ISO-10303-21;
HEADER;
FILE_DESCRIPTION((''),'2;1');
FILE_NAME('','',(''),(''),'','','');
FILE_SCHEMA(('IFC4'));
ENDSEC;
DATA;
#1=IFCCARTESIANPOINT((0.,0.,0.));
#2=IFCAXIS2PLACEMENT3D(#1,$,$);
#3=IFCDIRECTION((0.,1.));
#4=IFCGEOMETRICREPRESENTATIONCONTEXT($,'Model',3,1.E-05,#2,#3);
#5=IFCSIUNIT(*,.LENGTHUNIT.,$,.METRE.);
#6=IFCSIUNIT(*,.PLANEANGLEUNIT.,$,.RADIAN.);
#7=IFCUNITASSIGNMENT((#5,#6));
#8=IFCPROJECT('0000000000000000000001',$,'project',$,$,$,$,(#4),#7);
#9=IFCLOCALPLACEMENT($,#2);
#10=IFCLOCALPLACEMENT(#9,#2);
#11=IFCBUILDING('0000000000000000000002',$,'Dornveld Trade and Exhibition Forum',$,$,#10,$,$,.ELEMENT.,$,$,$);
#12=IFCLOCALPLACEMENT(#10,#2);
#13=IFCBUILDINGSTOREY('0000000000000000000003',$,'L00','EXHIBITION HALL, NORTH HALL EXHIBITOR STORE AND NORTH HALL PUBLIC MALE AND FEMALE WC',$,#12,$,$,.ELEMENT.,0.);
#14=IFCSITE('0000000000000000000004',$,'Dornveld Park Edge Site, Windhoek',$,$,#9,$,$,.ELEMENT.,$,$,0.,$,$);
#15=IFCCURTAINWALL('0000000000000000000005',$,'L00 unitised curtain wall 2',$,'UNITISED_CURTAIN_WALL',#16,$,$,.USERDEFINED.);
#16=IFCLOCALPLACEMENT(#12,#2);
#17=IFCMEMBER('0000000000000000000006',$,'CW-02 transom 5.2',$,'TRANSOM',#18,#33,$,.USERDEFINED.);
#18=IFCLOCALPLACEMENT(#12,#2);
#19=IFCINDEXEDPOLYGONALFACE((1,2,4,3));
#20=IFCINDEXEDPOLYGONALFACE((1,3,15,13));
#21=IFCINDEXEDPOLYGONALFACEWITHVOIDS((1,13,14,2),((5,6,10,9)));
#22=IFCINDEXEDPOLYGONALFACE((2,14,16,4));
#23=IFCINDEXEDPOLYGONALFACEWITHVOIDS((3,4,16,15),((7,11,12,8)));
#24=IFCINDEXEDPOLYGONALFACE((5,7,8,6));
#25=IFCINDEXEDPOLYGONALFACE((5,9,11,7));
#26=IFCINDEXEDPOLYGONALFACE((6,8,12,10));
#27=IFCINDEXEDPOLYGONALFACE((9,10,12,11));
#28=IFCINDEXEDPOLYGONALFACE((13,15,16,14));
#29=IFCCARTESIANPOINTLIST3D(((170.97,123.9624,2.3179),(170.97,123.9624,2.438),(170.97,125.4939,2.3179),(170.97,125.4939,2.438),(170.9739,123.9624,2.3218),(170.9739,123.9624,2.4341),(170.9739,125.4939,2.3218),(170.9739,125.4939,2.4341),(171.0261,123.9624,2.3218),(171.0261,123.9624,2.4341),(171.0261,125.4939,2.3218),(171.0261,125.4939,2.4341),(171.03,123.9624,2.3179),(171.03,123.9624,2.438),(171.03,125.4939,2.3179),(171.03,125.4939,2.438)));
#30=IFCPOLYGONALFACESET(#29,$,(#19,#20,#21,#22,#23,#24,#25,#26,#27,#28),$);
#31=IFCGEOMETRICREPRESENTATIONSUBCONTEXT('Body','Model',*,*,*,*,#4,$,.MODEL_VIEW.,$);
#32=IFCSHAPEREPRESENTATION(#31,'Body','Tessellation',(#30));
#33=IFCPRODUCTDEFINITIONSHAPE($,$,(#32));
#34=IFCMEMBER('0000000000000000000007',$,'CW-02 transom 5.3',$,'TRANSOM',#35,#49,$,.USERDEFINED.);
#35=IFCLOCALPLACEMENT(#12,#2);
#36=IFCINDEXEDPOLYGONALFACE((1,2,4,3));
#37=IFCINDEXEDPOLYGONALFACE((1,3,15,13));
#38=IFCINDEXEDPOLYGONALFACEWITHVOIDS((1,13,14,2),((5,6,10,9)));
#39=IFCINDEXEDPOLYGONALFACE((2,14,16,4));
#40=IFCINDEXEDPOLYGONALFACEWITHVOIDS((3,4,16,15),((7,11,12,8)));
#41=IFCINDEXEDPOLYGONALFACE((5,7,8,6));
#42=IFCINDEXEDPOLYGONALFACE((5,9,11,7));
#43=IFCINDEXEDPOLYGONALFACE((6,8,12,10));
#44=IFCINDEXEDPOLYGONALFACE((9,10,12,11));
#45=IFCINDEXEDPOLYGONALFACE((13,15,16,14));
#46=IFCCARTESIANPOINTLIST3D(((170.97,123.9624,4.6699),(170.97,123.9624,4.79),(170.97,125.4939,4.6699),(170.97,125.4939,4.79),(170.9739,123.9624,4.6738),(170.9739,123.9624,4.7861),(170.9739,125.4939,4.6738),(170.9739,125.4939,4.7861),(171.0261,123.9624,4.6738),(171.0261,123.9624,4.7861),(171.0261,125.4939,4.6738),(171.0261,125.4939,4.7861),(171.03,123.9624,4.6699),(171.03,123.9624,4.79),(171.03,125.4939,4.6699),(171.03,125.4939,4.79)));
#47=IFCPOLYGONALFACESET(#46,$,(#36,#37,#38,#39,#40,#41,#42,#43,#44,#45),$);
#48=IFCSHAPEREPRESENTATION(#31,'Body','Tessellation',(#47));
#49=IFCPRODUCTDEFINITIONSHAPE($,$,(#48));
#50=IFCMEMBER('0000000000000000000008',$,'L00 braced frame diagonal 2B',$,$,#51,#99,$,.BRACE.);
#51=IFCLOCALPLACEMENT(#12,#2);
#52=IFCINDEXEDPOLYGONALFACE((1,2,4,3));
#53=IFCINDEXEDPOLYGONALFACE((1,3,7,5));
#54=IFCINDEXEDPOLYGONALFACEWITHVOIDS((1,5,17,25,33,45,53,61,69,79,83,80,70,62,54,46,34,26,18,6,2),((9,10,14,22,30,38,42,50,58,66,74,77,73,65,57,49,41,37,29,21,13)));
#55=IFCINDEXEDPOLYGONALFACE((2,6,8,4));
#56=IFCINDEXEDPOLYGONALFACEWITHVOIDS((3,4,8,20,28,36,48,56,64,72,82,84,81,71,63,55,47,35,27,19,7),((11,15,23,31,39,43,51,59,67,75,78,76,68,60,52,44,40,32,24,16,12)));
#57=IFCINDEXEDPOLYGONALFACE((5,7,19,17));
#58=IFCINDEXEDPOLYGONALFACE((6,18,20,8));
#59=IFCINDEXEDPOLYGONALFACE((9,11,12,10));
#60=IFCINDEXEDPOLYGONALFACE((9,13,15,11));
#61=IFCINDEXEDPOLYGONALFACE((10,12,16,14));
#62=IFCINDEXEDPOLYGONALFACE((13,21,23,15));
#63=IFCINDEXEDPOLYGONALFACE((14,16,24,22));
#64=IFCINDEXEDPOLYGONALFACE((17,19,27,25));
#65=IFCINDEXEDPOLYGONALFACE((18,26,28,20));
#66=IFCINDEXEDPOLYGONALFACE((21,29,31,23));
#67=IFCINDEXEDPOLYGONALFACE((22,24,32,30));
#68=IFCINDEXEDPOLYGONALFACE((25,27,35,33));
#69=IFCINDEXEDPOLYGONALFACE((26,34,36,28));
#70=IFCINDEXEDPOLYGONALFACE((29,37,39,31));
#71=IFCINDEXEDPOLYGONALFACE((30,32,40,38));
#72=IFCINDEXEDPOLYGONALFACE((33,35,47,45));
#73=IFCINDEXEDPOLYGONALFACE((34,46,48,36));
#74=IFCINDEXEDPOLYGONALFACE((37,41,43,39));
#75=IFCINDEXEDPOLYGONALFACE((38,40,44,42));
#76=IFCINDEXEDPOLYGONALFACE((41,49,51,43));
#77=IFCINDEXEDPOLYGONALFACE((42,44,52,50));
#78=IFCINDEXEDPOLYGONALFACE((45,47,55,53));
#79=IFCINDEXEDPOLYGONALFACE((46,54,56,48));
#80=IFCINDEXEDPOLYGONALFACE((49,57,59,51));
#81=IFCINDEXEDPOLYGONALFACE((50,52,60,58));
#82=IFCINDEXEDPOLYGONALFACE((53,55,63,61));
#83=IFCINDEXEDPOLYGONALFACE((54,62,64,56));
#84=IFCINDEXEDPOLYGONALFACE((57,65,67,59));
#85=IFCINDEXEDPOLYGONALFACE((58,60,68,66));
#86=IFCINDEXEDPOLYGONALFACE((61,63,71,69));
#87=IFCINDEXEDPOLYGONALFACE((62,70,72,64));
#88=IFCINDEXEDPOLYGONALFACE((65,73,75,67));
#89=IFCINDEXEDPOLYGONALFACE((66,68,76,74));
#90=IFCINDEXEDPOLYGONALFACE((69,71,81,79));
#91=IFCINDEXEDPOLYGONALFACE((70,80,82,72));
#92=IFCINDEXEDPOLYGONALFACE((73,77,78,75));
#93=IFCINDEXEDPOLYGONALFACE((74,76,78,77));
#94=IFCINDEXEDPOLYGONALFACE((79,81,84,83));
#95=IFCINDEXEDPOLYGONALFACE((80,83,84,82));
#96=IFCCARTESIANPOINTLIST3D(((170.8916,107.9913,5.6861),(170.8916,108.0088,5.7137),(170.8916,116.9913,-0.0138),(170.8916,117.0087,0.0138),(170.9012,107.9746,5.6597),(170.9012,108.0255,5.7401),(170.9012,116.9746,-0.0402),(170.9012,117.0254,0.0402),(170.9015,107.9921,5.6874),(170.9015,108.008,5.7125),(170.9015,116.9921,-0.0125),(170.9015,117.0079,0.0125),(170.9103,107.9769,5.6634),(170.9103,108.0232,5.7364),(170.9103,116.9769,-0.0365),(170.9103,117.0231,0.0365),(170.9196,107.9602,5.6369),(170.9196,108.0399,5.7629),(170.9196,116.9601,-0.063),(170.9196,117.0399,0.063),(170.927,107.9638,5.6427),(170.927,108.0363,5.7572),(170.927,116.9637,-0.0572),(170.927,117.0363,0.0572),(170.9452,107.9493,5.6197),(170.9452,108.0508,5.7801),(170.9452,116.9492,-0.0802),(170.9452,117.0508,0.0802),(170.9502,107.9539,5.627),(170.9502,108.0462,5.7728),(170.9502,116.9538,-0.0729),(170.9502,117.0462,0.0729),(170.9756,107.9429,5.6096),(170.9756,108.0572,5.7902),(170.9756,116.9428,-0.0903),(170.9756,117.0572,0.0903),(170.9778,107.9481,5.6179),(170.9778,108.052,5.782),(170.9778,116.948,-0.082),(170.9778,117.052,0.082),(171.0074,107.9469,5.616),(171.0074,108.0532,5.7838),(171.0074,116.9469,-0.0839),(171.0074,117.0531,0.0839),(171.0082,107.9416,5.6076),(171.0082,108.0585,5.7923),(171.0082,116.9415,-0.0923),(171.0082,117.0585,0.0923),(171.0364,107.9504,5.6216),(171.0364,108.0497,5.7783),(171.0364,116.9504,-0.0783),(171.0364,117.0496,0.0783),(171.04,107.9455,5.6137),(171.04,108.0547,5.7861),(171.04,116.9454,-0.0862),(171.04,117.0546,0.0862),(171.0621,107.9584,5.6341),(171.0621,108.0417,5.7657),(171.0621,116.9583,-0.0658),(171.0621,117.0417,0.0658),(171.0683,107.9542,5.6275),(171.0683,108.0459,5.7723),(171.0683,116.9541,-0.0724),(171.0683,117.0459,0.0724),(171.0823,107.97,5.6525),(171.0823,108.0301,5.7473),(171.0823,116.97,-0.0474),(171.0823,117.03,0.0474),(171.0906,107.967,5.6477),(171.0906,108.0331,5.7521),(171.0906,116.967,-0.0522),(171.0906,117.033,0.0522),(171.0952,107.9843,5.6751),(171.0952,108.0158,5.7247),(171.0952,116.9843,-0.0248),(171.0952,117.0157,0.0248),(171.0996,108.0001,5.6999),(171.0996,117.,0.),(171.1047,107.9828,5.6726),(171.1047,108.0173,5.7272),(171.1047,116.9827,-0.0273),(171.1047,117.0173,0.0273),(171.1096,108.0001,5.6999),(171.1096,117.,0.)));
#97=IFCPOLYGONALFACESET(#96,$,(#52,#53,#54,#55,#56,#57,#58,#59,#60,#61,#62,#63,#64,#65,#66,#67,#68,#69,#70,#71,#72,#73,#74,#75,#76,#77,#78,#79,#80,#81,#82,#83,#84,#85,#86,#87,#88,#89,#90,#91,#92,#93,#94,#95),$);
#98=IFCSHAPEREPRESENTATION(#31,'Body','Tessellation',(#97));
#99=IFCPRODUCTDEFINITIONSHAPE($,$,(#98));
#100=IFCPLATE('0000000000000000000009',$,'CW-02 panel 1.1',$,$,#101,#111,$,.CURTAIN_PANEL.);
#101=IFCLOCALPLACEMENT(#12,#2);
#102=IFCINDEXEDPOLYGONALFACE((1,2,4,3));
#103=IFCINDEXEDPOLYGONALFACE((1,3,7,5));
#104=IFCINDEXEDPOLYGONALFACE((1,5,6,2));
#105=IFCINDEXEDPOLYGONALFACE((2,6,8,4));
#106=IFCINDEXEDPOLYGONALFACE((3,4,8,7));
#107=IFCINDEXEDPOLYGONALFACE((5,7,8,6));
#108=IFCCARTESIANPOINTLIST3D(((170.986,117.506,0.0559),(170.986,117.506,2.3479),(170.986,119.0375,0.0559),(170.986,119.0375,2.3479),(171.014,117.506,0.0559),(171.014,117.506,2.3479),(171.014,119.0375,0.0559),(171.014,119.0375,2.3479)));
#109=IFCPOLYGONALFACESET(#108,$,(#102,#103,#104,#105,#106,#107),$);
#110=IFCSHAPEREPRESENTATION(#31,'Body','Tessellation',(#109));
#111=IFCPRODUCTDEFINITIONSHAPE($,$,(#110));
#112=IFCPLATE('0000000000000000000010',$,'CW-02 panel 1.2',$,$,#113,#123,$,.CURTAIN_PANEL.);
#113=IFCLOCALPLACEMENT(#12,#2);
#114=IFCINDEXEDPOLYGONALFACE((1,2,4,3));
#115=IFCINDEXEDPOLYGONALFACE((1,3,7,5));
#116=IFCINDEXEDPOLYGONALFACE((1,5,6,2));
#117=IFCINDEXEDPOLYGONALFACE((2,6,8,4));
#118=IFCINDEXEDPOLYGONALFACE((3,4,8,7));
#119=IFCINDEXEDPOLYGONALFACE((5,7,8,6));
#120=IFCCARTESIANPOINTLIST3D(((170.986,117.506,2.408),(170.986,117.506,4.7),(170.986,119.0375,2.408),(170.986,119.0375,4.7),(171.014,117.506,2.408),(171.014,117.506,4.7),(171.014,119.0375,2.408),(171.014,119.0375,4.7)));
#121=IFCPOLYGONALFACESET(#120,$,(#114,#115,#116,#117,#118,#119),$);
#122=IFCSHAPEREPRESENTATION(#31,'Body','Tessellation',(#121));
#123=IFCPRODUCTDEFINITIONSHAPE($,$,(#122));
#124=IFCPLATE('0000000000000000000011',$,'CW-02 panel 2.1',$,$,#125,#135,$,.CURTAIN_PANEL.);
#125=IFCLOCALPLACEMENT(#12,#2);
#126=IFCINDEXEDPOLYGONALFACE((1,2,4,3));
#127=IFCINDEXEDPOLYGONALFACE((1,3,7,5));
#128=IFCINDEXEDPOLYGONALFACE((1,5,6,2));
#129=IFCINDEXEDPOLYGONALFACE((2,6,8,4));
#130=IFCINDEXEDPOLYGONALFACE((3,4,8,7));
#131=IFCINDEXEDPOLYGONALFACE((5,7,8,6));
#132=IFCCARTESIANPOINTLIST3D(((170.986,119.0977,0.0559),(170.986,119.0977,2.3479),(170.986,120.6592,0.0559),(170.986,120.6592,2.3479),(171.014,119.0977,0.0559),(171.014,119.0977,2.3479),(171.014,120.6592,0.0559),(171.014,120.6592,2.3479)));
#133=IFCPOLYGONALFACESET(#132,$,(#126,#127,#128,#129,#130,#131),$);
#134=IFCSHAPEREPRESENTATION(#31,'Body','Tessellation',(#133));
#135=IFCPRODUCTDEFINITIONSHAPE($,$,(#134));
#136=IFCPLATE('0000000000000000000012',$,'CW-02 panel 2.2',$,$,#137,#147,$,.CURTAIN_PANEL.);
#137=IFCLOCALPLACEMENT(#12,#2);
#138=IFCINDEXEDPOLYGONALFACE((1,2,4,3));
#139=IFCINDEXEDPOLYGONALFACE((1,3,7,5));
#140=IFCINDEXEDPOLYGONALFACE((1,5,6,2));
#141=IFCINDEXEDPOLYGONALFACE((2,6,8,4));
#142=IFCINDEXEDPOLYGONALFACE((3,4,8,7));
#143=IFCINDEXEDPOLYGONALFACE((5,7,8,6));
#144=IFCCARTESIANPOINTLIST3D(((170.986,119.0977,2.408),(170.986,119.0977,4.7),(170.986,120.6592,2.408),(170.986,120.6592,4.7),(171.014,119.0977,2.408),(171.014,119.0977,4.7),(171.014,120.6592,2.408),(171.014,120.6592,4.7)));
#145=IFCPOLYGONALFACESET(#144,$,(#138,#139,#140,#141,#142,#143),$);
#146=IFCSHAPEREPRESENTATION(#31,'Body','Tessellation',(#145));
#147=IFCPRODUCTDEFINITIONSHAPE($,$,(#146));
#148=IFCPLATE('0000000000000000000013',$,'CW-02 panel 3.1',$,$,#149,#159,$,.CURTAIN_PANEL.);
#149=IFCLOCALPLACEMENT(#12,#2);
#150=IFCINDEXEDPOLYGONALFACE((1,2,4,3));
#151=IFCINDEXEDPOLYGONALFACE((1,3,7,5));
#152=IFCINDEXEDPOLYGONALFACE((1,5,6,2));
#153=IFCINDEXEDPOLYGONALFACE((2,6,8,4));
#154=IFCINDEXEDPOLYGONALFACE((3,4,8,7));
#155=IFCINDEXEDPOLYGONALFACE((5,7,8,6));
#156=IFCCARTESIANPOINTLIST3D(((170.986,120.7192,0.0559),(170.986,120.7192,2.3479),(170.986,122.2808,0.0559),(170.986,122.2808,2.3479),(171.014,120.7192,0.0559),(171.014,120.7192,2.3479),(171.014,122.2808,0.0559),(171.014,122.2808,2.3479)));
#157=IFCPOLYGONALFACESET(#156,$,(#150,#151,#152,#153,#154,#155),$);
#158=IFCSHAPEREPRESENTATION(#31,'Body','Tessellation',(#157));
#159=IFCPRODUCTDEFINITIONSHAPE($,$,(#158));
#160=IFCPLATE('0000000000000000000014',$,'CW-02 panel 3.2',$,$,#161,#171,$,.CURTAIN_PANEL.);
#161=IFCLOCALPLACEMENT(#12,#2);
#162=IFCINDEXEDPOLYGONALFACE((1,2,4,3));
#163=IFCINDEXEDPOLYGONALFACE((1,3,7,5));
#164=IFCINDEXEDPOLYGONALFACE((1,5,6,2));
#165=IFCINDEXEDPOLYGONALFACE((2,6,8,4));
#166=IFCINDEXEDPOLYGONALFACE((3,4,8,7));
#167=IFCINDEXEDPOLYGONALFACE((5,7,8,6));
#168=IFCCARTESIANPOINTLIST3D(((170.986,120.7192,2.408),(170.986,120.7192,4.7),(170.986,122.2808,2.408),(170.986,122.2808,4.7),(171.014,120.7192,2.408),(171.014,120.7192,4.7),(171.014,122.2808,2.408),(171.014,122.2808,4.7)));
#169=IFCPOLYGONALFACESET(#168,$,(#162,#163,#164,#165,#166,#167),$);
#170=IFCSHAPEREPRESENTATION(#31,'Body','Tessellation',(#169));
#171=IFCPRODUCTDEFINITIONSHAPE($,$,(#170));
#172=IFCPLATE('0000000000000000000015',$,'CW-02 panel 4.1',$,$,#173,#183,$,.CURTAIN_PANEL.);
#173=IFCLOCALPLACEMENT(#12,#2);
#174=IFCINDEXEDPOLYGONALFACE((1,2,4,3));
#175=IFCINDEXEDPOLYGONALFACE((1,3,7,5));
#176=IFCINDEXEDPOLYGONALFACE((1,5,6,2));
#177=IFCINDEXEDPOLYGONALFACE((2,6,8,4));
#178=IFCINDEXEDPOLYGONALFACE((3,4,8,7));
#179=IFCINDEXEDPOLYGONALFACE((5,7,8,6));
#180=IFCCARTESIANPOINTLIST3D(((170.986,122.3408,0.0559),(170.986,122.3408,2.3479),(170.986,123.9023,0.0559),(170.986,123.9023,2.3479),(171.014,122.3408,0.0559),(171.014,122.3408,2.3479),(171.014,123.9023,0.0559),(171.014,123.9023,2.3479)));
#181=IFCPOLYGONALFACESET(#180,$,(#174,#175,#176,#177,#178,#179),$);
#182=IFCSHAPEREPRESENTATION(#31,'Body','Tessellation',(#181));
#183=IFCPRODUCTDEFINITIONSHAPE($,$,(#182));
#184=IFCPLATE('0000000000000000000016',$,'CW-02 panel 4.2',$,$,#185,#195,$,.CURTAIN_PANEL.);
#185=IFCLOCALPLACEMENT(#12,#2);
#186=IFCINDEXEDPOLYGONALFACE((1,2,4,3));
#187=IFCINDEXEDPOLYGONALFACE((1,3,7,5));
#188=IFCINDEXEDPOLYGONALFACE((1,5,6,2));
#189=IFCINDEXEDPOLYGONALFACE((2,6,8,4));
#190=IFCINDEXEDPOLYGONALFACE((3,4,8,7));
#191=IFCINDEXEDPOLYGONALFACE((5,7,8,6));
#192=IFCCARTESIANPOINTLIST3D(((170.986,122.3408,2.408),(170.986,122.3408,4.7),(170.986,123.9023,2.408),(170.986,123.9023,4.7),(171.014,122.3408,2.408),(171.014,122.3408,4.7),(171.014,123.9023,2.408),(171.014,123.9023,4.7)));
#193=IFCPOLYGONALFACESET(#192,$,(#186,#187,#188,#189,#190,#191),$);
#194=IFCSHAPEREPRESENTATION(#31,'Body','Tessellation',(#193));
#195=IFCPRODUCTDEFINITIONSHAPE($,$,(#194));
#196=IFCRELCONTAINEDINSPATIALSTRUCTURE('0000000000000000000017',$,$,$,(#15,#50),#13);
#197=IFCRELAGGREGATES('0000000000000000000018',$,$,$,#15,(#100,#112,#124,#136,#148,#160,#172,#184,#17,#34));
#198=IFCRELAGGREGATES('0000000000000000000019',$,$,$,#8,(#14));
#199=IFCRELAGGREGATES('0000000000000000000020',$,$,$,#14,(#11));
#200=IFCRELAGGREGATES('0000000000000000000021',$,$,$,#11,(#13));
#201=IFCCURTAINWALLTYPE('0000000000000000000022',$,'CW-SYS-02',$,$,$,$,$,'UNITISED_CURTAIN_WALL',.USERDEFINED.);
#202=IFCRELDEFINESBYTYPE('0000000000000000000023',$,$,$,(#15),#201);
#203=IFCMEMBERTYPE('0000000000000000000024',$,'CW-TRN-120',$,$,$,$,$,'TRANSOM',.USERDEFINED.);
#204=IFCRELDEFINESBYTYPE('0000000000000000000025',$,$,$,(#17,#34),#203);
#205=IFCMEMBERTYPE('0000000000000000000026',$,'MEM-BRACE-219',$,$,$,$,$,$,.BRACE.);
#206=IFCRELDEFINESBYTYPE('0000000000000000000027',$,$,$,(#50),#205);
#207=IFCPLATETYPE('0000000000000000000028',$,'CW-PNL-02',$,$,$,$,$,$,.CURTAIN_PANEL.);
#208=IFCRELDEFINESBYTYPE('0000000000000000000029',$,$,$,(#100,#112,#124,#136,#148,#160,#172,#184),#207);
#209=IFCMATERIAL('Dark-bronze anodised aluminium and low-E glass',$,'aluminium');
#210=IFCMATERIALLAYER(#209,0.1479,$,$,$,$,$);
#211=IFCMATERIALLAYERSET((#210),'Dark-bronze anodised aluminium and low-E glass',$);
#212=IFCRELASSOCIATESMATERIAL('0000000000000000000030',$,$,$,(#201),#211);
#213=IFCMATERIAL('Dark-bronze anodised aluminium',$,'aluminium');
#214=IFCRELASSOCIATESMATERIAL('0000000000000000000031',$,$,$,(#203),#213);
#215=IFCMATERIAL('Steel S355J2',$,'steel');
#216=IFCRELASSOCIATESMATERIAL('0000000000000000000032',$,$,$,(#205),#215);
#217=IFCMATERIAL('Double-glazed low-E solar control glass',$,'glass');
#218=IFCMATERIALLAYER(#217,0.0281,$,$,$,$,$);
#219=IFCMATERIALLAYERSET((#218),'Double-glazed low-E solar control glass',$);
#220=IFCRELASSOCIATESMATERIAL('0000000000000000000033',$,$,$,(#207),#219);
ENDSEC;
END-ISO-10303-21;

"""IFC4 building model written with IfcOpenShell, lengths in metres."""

from ifc_helpers import new_model, si_unit, direction, frame, origin, origin_2d, place, context, subcontext, project, spatial, rectangle, hollow_rectangle, hollow_circle, extrude, material, layer, layer_set, material_profile, profile_set, type_object, element, aggregate, save


model = new_model("IFC4")

# Units and contexts
model_context = context("Model", 3, precision=1e-05, world=origin(), true_north=direction((0.0, 1.0)))
body_context = subcontext(model_context, "Body", "Model", "MODEL_VIEW")
ifc_project = project(units=[si_unit("LENGTHUNIT", "METRE"), si_unit("PLANEANGLEUNIT", "RADIAN")], contexts=[model_context])

# Site, building, storey
site_placement = place(None, origin())
site = spatial("IfcSite", under=ifc_project, at=site_placement, Name="Dornveld Park Edge Site, Windhoek", CompositionType="ELEMENT", RefElevation=0.0)
building_placement = place(site_placement, origin())
building = spatial("IfcBuilding", under=site, at=building_placement, Name="Dornveld Trade and Exhibition Forum", CompositionType="ELEMENT")
storey_placement = place(building_placement, origin())
storey = spatial("IfcBuildingStorey", under=building, at=storey_placement, Name="L00", Description="EXHIBITION HALL, NORTH HALL EXHIBITOR STORE AND NORTH HALL PUBLIC MALE AND FEMALE WC", CompositionType="ELEMENT", Elevation=0.0)

# Curtain wall, members
ifc_material_1 = material(Name="Dark-bronze anodised aluminium and low-E glass", Category="aluminium")
ifc_layer_1 = layer(ifc_material_1, 0.1479)
ifc_layer_set_1 = layer_set([ifc_layer_1], Name="Dark-bronze anodised aluminium and low-E glass")
curtain_wall_type_1 = type_object("IfcCurtainWallType", Name="CW-SYS-02", ElementType="UNITISED_CURTAIN_WALL", PredefinedType="USERDEFINED", material=ifc_layer_set_1)
curtain_wall_1_placement = place(storey_placement, origin())
curtain_wall_1 = element("IfcCurtainWall", 1, at=curtain_wall_1_placement, inside=storey, type_object=curtain_wall_type_1, Name="L00 unitised curtain wall 2", ObjectType="UNITISED_CURTAIN_WALL", PredefinedType="USERDEFINED")
ifc_material_2 = material(Name="Dark-bronze anodised aluminium", Category="aluminium")
ifc_material_profile_1 = material_profile(ifc_material_2, hollow_rectangle(XDim=0.0601, YDim=0.1201, WallThickness=0.0039, at=origin_2d()), Name="RHS 120x60x4")
ifc_profile_set_1 = profile_set([ifc_material_profile_1], Name="Dark-bronze anodised aluminium")
member_type_1 = type_object("IfcMemberType", Name="CW-TRN-120", ElementType="TRANSOM", PredefinedType="USERDEFINED", material=ifc_profile_set_1)
member_1_placement = place(storey_placement, frame((171.0, 123.9624, 2.3779), z_axis=(0.0, 1.0, 0.0), x_axis=(-1.0, 0.0, 0.0)))
member_1 = element("IfcMember", 2, at=member_1_placement, type_object=member_type_1, Name="CW-02 transom 5.2", ObjectType="TRANSOM", PredefinedType="USERDEFINED", context=body_context, shape_type="SweptSolid", body=[
    extrude(hollow_rectangle(XDim=0.0601, YDim=0.1201, WallThickness=0.0039, at=origin_2d()), origin(), (0.0, 0.0, 1.0), 1.5315),
])
member_2_placement = place(storey_placement, frame((171.0, 123.9624, 4.73), z_axis=(0.0, 1.0, 0.0), x_axis=(-1.0, 0.0, 0.0)))
member_2 = element("IfcMember", 3, at=member_2_placement, type_object=member_type_1, Name="CW-02 transom 5.3", ObjectType="TRANSOM", PredefinedType="USERDEFINED", context=body_context, shape_type="SweptSolid", body=[
    extrude(hollow_rectangle(XDim=0.0601, YDim=0.1201, WallThickness=0.0039, at=origin_2d()), origin(), (0.0, 0.0, 1.0), 1.5315),
])

# Member
ifc_material_3 = material(Name="Steel S355J2", Category="steel")
ifc_material_profile_2 = material_profile(ifc_material_3, hollow_circle(Radius=0.1096, WallThickness=0.01, at=origin_2d()), Name="CHS 219.1x10")
ifc_profile_set_2 = profile_set([ifc_material_profile_2], Name="Steel S355J2")
member_type_2 = type_object("IfcMemberType", Name="MEM-BRACE-219", PredefinedType="BRACE", material=ifc_profile_set_2)
member_3_placement = place(storey_placement, frame((171.0, 117.0, 0.0), z_axis=(0.0, -0.844821, 0.535049), x_axis=(1.0, 0.0, 0.0)))
element("IfcMember", 4, at=member_3_placement, inside=storey, type_object=member_type_2, Name="L00 braced frame diagonal 2B", PredefinedType="BRACE", context=body_context, shape_type="SweptSolid", body=[
    extrude(hollow_circle(Radius=0.1096, WallThickness=0.01, at=origin_2d()), origin(), (0.0, 0.0, 1.0), 10.6531),
])

# Plates
ifc_material_4 = material(Name="Double-glazed low-E solar control glass", Category="glass")
ifc_layer_2 = layer(ifc_material_4, 0.0281)
ifc_layer_set_2 = layer_set([ifc_layer_2], Name="Double-glazed low-E solar control glass")
plate_type = type_object("IfcPlateType", Name="CW-PNL-02", PredefinedType="CURTAIN_PANEL", material=ifc_layer_set_2)
plate_1_placement = place(storey_placement, frame((171.0, 118.2717, 0.0559), z_axis=(0.0, 0.0, 1.0), x_axis=(0.0, 1.0, 0.0)))
plate_1 = element("IfcPlate", 5, at=plate_1_placement, type_object=plate_type, Name="CW-02 panel 1.1", PredefinedType="CURTAIN_PANEL", context=body_context, shape_type="SweptSolid", body=[
    extrude(rectangle(XDim=1.5315, YDim=0.0281, at=origin_2d()), origin(), (0.0, 0.0, 1.0), 2.292),
])
plate_2_placement = place(storey_placement, frame((171.0, 118.2717, 2.408), z_axis=(0.0, 0.0, 1.0), x_axis=(0.0, 1.0, 0.0)))
plate_2 = element("IfcPlate", 6, at=plate_2_placement, type_object=plate_type, Name="CW-02 panel 1.2", PredefinedType="CURTAIN_PANEL", context=body_context, shape_type="SweptSolid", body=[
    extrude(rectangle(XDim=1.5315, YDim=0.0281, at=origin_2d()), origin(), (0.0, 0.0, 1.0), 2.292),
])
plate_3_placement = place(storey_placement, frame((171.0, 119.8784, 0.0559), z_axis=(0.0, 0.0, 1.0), x_axis=(0.0, 1.0, 0.0)))
plate_3 = element("IfcPlate", 7, at=plate_3_placement, type_object=plate_type, Name="CW-02 panel 2.1", PredefinedType="CURTAIN_PANEL", context=body_context, shape_type="SweptSolid", body=[
    extrude(rectangle(XDim=1.5615, YDim=0.0281, at=origin_2d()), origin(), (0.0, 0.0, 1.0), 2.292),
])
plate_4_placement = place(storey_placement, frame((171.0, 119.8784, 2.408), z_axis=(0.0, 0.0, 1.0), x_axis=(0.0, 1.0, 0.0)))
plate_4 = element("IfcPlate", 8, at=plate_4_placement, type_object=plate_type, Name="CW-02 panel 2.2", PredefinedType="CURTAIN_PANEL", context=body_context, shape_type="SweptSolid", body=[
    extrude(rectangle(XDim=1.5615, YDim=0.0281, at=origin_2d()), origin(), (0.0, 0.0, 1.0), 2.292),
])
plate_5_placement = place(storey_placement, frame((171.0, 121.5, 0.0559), z_axis=(0.0, 0.0, 1.0), x_axis=(0.0, 1.0, 0.0)))
plate_5 = element("IfcPlate", 9, at=plate_5_placement, type_object=plate_type, Name="CW-02 panel 3.1", PredefinedType="CURTAIN_PANEL", context=body_context, shape_type="SweptSolid", body=[
    extrude(rectangle(XDim=1.5615, YDim=0.0281, at=origin_2d()), origin(), (0.0, 0.0, 1.0), 2.292),
])
plate_6_placement = place(storey_placement, frame((171.0, 121.5, 2.408), z_axis=(0.0, 0.0, 1.0), x_axis=(0.0, 1.0, 0.0)))
plate_6 = element("IfcPlate", 10, at=plate_6_placement, type_object=plate_type, Name="CW-02 panel 3.2", PredefinedType="CURTAIN_PANEL", context=body_context, shape_type="SweptSolid", body=[
    extrude(rectangle(XDim=1.5615, YDim=0.0281, at=origin_2d()), origin(), (0.0, 0.0, 1.0), 2.292),
])
plate_7_placement = place(storey_placement, frame((171.0, 123.1216, 0.0559), z_axis=(0.0, 0.0, 1.0), x_axis=(0.0, 1.0, 0.0)))
plate_7 = element("IfcPlate", 11, at=plate_7_placement, type_object=plate_type, Name="CW-02 panel 4.1", PredefinedType="CURTAIN_PANEL", context=body_context, shape_type="SweptSolid", body=[
    extrude(rectangle(XDim=1.5615, YDim=0.0281, at=origin_2d()), origin(), (0.0, 0.0, 1.0), 2.292),
])
plate_8_placement = place(storey_placement, frame((171.0, 123.1216, 2.408), z_axis=(0.0, 0.0, 1.0), x_axis=(0.0, 1.0, 0.0)))
plate_8 = element("IfcPlate", 12, at=plate_8_placement, type_object=plate_type, Name="CW-02 panel 4.2", PredefinedType="CURTAIN_PANEL", context=body_context, shape_type="SweptSolid", body=[
    extrude(rectangle(XDim=1.5615, YDim=0.0281, at=origin_2d()), origin(), (0.0, 0.0, 1.0), 2.292),
])
aggregate(curtain_wall_1, [plate_1, plate_2, plate_3, plate_4, plate_5, plate_6, plate_7, plate_8, member_1, member_2])

save(model, "model.ifc")
